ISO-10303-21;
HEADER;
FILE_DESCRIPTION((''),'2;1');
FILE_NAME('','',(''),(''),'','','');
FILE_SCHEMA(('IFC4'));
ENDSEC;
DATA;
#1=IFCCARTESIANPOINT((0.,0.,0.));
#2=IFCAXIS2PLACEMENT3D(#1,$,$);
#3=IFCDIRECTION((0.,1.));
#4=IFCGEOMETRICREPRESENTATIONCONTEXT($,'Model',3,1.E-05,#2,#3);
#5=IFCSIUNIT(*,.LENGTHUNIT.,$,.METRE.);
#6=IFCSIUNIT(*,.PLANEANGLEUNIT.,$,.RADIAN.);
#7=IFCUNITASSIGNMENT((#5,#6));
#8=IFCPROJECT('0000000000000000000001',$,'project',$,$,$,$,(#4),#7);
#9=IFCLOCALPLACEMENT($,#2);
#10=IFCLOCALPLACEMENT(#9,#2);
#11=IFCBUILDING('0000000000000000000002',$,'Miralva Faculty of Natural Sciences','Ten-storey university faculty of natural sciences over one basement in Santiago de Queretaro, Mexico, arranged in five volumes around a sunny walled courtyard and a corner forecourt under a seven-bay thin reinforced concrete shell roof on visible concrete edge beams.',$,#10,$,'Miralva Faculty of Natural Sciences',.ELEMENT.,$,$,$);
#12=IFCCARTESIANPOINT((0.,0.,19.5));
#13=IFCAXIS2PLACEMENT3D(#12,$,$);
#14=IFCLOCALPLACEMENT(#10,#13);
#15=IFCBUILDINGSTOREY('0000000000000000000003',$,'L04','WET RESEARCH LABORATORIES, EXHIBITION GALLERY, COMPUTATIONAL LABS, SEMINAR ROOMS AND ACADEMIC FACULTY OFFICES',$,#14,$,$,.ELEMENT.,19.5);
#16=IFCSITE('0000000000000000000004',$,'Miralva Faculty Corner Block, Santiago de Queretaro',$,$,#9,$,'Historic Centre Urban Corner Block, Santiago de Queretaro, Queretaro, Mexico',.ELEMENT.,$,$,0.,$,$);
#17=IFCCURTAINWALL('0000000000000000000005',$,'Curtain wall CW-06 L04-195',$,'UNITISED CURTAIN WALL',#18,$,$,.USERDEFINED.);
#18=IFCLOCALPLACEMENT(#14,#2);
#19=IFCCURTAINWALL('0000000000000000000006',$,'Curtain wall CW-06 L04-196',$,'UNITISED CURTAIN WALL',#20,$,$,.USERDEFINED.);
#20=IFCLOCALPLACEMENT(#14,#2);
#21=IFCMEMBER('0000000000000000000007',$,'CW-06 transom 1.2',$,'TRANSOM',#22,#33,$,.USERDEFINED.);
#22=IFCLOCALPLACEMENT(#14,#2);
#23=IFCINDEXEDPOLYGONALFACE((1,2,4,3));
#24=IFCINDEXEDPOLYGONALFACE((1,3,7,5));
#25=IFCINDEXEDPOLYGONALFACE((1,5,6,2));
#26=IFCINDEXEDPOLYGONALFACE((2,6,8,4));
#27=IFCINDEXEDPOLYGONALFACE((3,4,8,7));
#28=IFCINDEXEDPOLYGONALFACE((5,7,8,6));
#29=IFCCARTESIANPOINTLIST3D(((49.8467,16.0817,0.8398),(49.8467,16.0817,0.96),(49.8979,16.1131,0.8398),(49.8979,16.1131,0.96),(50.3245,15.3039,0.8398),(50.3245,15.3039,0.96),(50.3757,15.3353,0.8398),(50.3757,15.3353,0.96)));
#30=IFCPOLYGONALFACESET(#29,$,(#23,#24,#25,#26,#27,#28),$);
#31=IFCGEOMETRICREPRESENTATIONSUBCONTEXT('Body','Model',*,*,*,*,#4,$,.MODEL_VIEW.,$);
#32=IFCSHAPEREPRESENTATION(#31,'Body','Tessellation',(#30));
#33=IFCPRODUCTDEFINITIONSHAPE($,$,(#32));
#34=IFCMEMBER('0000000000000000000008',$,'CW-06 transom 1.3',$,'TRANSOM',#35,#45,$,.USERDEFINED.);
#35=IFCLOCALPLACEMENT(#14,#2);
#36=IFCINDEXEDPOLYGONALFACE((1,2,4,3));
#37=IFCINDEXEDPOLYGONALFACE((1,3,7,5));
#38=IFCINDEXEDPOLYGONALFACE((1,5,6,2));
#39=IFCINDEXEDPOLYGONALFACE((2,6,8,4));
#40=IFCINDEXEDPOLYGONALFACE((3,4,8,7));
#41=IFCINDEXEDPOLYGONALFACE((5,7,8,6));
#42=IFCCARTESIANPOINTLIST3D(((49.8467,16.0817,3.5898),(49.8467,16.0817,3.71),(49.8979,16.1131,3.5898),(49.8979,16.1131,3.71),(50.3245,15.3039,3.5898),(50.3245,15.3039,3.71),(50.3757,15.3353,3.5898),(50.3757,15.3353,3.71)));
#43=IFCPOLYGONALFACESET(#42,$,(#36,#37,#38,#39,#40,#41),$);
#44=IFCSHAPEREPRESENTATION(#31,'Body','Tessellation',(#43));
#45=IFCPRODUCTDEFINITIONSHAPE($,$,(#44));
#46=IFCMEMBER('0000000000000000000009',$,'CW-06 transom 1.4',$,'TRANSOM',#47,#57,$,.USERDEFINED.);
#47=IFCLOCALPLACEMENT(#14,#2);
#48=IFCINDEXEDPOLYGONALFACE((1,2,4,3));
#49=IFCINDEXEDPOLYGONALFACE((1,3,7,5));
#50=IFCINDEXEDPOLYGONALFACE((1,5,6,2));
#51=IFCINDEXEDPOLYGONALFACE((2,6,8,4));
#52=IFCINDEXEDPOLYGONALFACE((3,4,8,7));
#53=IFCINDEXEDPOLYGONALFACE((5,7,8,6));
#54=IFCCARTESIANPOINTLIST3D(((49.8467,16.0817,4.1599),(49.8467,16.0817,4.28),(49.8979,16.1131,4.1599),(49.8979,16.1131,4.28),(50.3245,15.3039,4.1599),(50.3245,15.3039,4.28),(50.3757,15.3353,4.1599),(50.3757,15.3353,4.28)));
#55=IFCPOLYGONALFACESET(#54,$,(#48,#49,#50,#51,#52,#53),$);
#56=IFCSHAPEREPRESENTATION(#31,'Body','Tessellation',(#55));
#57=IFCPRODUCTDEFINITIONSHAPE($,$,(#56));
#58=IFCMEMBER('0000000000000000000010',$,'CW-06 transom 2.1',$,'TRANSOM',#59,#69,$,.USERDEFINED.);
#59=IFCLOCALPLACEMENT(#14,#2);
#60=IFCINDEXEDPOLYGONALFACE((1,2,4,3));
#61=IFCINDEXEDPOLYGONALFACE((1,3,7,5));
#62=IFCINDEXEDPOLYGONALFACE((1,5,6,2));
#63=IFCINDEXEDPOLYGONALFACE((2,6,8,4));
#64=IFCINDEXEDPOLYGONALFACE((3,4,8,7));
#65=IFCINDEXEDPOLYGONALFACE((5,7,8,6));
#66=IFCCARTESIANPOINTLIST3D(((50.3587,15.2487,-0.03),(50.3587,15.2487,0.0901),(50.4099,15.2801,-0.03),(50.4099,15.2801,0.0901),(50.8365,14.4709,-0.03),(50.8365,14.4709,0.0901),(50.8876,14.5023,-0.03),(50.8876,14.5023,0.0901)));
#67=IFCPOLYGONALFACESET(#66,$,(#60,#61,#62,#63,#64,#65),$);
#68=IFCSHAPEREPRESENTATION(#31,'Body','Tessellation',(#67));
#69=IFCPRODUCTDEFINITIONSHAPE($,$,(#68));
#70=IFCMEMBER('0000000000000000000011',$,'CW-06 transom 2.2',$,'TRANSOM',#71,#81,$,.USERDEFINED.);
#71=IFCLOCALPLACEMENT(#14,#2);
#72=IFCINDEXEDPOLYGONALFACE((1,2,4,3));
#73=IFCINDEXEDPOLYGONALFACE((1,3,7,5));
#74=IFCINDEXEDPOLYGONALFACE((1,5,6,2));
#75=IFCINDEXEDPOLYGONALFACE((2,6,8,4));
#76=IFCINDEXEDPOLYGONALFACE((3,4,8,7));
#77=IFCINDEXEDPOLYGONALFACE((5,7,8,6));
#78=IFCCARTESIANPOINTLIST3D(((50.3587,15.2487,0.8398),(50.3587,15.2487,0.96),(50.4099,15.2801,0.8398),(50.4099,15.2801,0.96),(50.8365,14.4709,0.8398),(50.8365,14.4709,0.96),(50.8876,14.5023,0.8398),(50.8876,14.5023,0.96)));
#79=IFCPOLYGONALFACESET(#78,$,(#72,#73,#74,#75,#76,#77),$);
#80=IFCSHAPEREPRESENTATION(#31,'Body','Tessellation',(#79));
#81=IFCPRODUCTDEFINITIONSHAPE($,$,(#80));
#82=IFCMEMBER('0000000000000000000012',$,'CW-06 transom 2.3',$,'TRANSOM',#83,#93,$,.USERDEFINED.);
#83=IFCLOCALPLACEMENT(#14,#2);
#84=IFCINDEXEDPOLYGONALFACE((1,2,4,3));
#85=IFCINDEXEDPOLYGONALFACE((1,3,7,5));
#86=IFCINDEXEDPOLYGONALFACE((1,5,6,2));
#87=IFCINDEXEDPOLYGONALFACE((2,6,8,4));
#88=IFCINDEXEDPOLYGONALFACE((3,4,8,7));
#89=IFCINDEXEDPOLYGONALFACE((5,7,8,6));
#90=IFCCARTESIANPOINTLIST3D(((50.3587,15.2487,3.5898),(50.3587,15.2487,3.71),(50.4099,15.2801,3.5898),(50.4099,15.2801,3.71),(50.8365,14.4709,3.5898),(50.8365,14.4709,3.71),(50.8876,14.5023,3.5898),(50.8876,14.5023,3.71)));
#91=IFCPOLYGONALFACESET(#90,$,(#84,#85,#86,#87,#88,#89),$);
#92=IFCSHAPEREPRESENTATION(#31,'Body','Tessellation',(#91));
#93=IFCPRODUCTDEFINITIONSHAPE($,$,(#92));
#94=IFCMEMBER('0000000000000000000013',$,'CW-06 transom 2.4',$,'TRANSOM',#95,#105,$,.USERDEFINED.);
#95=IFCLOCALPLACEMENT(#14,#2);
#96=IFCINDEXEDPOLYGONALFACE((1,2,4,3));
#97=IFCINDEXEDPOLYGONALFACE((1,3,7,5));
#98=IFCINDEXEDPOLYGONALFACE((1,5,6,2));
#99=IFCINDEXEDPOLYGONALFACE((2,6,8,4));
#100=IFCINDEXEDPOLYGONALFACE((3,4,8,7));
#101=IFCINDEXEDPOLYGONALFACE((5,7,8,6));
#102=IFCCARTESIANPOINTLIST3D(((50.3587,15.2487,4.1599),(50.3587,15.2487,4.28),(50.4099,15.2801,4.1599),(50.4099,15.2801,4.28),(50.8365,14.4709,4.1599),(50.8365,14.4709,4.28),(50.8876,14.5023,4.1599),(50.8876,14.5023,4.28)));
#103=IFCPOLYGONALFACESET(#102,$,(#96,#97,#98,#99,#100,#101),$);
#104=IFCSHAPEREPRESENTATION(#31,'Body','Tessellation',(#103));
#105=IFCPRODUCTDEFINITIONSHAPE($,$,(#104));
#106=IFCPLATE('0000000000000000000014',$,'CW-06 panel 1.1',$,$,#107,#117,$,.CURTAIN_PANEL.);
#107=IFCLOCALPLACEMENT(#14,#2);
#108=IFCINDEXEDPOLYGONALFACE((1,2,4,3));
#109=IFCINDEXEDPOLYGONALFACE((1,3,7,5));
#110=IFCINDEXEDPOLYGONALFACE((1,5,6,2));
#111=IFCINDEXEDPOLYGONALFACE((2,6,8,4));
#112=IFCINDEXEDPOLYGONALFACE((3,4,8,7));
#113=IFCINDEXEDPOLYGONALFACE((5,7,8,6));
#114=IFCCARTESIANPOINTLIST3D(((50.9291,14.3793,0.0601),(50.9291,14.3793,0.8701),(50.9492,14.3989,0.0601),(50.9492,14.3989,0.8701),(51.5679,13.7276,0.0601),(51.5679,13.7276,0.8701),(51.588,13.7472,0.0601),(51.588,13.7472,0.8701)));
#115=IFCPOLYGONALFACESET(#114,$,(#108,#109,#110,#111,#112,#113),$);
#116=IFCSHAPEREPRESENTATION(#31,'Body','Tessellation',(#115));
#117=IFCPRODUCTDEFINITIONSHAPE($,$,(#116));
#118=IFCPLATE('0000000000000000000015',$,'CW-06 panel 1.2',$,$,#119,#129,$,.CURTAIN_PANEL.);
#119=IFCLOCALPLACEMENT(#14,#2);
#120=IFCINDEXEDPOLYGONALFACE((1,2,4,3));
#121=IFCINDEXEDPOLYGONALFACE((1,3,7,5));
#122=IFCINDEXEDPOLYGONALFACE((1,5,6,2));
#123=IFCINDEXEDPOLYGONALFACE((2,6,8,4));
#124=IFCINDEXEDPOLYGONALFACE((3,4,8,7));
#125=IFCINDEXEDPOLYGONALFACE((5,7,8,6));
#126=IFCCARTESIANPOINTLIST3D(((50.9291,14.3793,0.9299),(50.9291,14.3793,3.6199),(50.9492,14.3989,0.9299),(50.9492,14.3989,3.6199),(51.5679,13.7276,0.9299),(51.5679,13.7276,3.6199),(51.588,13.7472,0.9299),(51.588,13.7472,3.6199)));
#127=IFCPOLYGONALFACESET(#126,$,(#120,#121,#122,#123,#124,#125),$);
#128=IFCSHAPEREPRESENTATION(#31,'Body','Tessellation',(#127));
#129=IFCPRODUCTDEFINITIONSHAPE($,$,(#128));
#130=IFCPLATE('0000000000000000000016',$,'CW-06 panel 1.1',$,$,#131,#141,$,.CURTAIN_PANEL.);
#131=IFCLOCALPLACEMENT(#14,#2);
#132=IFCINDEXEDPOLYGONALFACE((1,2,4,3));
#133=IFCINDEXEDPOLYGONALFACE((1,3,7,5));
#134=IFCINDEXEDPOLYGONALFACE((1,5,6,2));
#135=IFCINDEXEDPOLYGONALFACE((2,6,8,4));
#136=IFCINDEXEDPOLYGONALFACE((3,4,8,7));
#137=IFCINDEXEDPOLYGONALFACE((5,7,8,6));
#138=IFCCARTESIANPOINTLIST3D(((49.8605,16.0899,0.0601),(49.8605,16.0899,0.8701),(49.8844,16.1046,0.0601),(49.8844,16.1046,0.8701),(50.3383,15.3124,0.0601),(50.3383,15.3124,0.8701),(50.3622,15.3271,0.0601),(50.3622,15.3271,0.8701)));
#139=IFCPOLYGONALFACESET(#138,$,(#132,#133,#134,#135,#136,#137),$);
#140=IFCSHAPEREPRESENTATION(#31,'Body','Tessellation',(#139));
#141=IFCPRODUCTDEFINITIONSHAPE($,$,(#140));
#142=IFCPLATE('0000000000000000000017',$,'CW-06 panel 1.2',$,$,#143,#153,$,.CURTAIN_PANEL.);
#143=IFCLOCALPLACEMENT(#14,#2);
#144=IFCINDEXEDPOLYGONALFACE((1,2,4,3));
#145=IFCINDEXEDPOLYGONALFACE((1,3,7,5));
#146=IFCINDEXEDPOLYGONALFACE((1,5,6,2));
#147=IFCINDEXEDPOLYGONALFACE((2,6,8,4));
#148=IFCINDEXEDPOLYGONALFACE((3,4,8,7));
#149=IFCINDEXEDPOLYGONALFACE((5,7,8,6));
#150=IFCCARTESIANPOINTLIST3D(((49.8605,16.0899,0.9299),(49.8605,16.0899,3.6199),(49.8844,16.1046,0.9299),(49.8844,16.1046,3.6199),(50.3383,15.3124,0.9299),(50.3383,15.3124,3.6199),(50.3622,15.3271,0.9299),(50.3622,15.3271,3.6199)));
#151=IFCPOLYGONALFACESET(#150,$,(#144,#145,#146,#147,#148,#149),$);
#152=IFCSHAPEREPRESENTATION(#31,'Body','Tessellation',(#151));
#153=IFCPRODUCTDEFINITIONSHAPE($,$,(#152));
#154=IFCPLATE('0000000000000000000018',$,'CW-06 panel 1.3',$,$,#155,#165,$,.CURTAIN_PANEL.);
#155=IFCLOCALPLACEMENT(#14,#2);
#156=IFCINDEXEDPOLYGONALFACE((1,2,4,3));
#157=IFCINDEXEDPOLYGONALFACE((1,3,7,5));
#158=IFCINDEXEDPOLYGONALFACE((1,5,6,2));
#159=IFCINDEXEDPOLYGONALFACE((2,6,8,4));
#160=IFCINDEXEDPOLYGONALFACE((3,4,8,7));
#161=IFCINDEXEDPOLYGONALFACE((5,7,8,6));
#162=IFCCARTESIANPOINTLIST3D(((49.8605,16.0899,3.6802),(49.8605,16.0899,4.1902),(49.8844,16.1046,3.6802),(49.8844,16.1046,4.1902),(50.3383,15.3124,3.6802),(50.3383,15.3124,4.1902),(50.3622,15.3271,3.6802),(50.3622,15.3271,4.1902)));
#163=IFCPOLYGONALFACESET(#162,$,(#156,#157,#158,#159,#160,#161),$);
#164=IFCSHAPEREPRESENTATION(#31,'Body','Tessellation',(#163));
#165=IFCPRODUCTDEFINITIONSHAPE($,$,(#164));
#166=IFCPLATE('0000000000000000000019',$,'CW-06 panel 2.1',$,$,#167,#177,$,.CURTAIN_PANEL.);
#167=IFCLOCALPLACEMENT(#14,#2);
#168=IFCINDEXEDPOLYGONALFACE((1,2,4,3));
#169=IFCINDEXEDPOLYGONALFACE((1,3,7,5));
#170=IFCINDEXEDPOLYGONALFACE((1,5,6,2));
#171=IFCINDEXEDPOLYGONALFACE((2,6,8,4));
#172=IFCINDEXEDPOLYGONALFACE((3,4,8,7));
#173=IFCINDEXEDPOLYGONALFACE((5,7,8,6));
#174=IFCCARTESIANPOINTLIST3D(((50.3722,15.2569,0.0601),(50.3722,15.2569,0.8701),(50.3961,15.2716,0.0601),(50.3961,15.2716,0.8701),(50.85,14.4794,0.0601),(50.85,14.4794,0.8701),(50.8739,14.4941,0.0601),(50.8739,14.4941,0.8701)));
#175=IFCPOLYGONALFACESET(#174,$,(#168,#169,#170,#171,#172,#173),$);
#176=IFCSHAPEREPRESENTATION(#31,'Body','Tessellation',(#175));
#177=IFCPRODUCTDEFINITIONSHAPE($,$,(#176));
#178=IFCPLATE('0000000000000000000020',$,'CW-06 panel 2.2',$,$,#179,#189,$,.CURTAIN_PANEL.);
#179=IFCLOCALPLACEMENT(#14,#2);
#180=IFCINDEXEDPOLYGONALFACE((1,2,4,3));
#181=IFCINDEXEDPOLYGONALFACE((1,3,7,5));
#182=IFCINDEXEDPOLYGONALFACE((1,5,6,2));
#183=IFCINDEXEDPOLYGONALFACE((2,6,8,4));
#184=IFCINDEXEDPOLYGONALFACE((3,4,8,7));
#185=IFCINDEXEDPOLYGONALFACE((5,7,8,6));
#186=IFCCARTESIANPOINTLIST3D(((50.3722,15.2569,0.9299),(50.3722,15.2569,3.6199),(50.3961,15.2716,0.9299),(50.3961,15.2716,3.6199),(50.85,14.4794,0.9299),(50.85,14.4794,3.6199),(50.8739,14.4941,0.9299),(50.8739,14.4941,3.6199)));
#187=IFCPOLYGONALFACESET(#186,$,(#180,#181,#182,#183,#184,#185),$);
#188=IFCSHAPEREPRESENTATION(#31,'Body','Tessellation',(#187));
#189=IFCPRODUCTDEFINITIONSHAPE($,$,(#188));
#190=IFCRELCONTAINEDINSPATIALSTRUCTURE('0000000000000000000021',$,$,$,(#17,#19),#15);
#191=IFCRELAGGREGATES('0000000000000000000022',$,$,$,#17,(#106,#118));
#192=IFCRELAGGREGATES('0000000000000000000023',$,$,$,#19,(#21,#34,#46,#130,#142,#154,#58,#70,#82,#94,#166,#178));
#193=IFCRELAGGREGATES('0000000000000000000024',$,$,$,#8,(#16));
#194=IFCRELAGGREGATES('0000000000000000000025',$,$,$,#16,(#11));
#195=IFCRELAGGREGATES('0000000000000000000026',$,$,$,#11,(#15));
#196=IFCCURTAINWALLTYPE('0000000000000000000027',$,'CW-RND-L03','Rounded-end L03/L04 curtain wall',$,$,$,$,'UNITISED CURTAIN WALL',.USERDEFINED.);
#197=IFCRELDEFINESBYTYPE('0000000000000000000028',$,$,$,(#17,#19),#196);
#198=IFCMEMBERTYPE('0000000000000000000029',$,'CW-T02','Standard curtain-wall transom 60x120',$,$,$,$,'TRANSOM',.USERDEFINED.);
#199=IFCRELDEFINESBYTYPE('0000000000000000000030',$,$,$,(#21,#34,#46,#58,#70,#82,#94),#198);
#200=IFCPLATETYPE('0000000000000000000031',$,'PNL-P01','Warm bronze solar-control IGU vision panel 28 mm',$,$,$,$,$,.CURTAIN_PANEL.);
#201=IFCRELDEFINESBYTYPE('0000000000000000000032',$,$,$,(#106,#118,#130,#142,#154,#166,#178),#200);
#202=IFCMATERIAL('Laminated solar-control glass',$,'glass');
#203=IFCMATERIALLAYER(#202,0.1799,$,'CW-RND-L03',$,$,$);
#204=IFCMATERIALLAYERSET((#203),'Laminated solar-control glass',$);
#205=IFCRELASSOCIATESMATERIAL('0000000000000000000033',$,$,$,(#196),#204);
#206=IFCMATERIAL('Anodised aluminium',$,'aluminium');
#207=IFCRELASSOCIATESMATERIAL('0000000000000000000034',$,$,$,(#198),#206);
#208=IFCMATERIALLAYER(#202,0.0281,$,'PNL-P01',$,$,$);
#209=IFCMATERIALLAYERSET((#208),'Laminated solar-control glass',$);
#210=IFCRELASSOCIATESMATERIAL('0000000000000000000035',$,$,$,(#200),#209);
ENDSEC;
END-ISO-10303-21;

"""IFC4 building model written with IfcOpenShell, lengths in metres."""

from ifc_helpers import new_model, si_unit, direction, frame, origin, origin_2d, place, context, subcontext, project, spatial, rectangle, extrude, material, layer, layer_set, material_profile, profile_set, type_object, element, aggregate, save


model = new_model("IFC4")

# Units and contexts
model_context = context("Model", 3, precision=1e-05, world=origin(), true_north=direction((0.0, 1.0)))
body_context = subcontext(model_context, "Body", "Model", "MODEL_VIEW")
ifc_project = project(units=[si_unit("LENGTHUNIT", "METRE"), si_unit("PLANEANGLEUNIT", "RADIAN")], contexts=[model_context])

# Site, building, storey
site_placement = place(None, origin())
site = spatial("IfcSite", under=ifc_project, at=site_placement, Name="Miralva Faculty Corner Block, Santiago de Queretaro", LongName="Historic Centre Urban Corner Block, Santiago de Queretaro, Queretaro, Mexico", CompositionType="ELEMENT", RefElevation=0.0)
building_placement = place(site_placement, origin())
building = spatial("IfcBuilding", under=site, at=building_placement, Name="Miralva Faculty of Natural Sciences", Description="Ten-storey university faculty of natural sciences over one basement in Santiago de Queretaro, Mexico, arranged in five volumes around a sunny walled courtyard and a corner forecourt under a seven-bay thin reinforced concrete shell roof on visible concrete edge beams.", LongName="Miralva Faculty of Natural Sciences", CompositionType="ELEMENT")
storey_placement = place(building_placement, frame((0.0, 0.0, 19.5)))
storey = spatial("IfcBuildingStorey", under=building, at=storey_placement, Name="L04", Description="WET RESEARCH LABORATORIES, EXHIBITION GALLERY, COMPUTATIONAL LABS, SEMINAR ROOMS AND ACADEMIC FACULTY OFFICES", CompositionType="ELEMENT", Elevation=19.5)

# Curtain wall
ifc_material_1 = material(Name="Laminated solar-control glass", Category="glass")
ifc_layer_1 = layer(ifc_material_1, 0.1799, Name="CW-RND-L03")
ifc_layer_set_1 = layer_set([ifc_layer_1], Name="Laminated solar-control glass")
curtain_wall_type_1 = type_object("IfcCurtainWallType", Name="CW-RND-L03", Description="Rounded-end L03/L04 curtain wall", ElementType="UNITISED CURTAIN WALL", PredefinedType="USERDEFINED", material=ifc_layer_set_1)
curtain_wall_1_placement = place(storey_placement, origin())
curtain_wall_1 = element("IfcCurtainWall", 1, at=curtain_wall_1_placement, inside=storey, type_object=curtain_wall_type_1, Name="Curtain wall CW-06 L04-195", ObjectType="UNITISED CURTAIN WALL", PredefinedType="USERDEFINED")
ifc_material_2 = material(Name="Anodised aluminium", Category="aluminium")

# Curtain wall
curtain_wall_2_placement = place(storey_placement, origin())
curtain_wall_2 = element("IfcCurtainWall", 2, at=curtain_wall_2_placement, inside=storey, type_object=curtain_wall_type_1, Name="Curtain wall CW-06 L04-196", ObjectType="UNITISED CURTAIN WALL", PredefinedType="USERDEFINED")

# Members
ifc_material_profile_1 = material_profile(ifc_material_2, rectangle(XDim=0.0601, YDim=0.1201, at=origin_2d()), Name="TRANSOM 60x120")
ifc_profile_set_1 = profile_set([ifc_material_profile_1], Name="Anodised aluminium")
member_type_1 = type_object("IfcMemberType", Name="CW-T02", Description="Standard curtain-wall transom 60x120", ElementType="TRANSOM", PredefinedType="USERDEFINED", material=ifc_profile_set_1)
member_1_placement = place(storey_placement, frame((49.8723, 16.0974, 0.8999), z_axis=(0.523396, -0.85209, 0.0), x_axis=(0.85209, 0.523396, 0.0)))
member_1 = element("IfcMember", 3, at=member_1_placement, type_object=member_type_1, Name="CW-06 transom 1.2", ObjectType="TRANSOM", PredefinedType="USERDEFINED", context=body_context, shape_type="SweptSolid", body=[
    extrude(rectangle(XDim=0.0601, YDim=0.1201, at=origin_2d()), origin(), (0.0, 0.0, 1.0), 0.9128),
])
member_2_placement = place(storey_placement, frame((49.8723, 16.0974, 3.6499), z_axis=(0.523396, -0.85209, 0.0), x_axis=(0.85209, 0.523396, 0.0)))
member_2 = element("IfcMember", 4, at=member_2_placement, type_object=member_type_1, Name="CW-06 transom 1.3", ObjectType="TRANSOM", PredefinedType="USERDEFINED", context=body_context, shape_type="SweptSolid", body=[
    extrude(rectangle(XDim=0.0601, YDim=0.1201, at=origin_2d()), origin(), (0.0, 0.0, 1.0), 0.9128),
])
member_3_placement = place(storey_placement, frame((49.8723, 16.0974, 4.22), z_axis=(0.523396, -0.85209, 0.0), x_axis=(0.85209, 0.523396, 0.0)))
member_3 = element("IfcMember", 5, at=member_3_placement, type_object=member_type_1, Name="CW-06 transom 1.4", ObjectType="TRANSOM", PredefinedType="USERDEFINED", context=body_context, shape_type="SweptSolid", body=[
    extrude(rectangle(XDim=0.0601, YDim=0.1201, at=origin_2d()), origin(), (0.0, 0.0, 1.0), 0.9128),
])
member_4_placement = place(storey_placement, frame((50.3843, 15.2644, 0.03), z_axis=(0.523396, -0.85209, 0.0), x_axis=(0.85209, 0.523396, 0.0)))
member_4 = element("IfcMember", 6, at=member_4_placement, type_object=member_type_1, Name="CW-06 transom 2.1", ObjectType="TRANSOM", PredefinedType="USERDEFINED", context=body_context, shape_type="SweptSolid", body=[
    extrude(rectangle(XDim=0.0601, YDim=0.1201, at=origin_2d()), origin(), (0.0, 0.0, 1.0), 0.9128),
])
member_5_placement = place(storey_placement, frame((50.3843, 15.2644, 0.8999), z_axis=(0.523396, -0.85209, 0.0), x_axis=(0.85209, 0.523396, 0.0)))
member_5 = element("IfcMember", 7, at=member_5_placement, type_object=member_type_1, Name="CW-06 transom 2.2", ObjectType="TRANSOM", PredefinedType="USERDEFINED", context=body_context, shape_type="SweptSolid", body=[
    extrude(rectangle(XDim=0.0601, YDim=0.1201, at=origin_2d()), origin(), (0.0, 0.0, 1.0), 0.9128),
])
member_6_placement = place(storey_placement, frame((50.3843, 15.2644, 3.6499), z_axis=(0.523396, -0.85209, 0.0), x_axis=(0.85209, 0.523396, 0.0)))
member_6 = element("IfcMember", 8, at=member_6_placement, type_object=member_type_1, Name="CW-06 transom 2.3", ObjectType="TRANSOM", PredefinedType="USERDEFINED", context=body_context, shape_type="SweptSolid", body=[
    extrude(rectangle(XDim=0.0601, YDim=0.1201, at=origin_2d()), origin(), (0.0, 0.0, 1.0), 0.9128),
])
member_7_placement = place(storey_placement, frame((50.3843, 15.2644, 4.22), z_axis=(0.523396, -0.85209, 0.0), x_axis=(0.85209, 0.523396, 0.0)))
member_7 = element("IfcMember", 9, at=member_7_placement, type_object=member_type_1, Name="CW-06 transom 2.4", ObjectType="TRANSOM", PredefinedType="USERDEFINED", context=body_context, shape_type="SweptSolid", body=[
    extrude(rectangle(XDim=0.0601, YDim=0.1201, at=origin_2d()), origin(), (0.0, 0.0, 1.0), 0.9128),
])

# Plates
ifc_layer_2 = layer(ifc_material_1, 0.0281, Name="PNL-P01")
ifc_layer_set_2 = layer_set([ifc_layer_2], Name="Laminated solar-control glass")
plate_type = type_object("IfcPlateType", Name="PNL-P01", Description="Warm bronze solar-control IGU vision panel 28 mm", PredefinedType="CURTAIN_PANEL", material=ifc_layer_set_2)
plate_1_placement = place(storey_placement, frame((51.2585, 14.0632, 0.0601), z_axis=(0.0, 0.0, 1.0), x_axis=(0.700018, -0.714125, 0.0)))
plate_1 = element("IfcPlate", 10, at=plate_1_placement, type_object=plate_type, Name="CW-06 panel 1.1", PredefinedType="CURTAIN_PANEL", context=body_context, shape_type="SweptSolid", body=[
    extrude(rectangle(XDim=0.9126, YDim=0.0281, at=origin_2d()), origin(), (0.0, 0.0, 1.0), 0.8101),
])
plate_2_placement = place(storey_placement, frame((51.2585, 14.0632, 0.9299), z_axis=(0.0, 0.0, 1.0), x_axis=(0.700018, -0.714125, 0.0)))
plate_2 = element("IfcPlate", 11, at=plate_2_placement, type_object=plate_type, Name="CW-06 panel 1.2", PredefinedType="CURTAIN_PANEL", context=body_context, shape_type="SweptSolid", body=[
    extrude(rectangle(XDim=0.9126, YDim=0.0281, at=origin_2d()), origin(), (0.0, 0.0, 1.0), 2.6899),
])
aggregate(curtain_wall_1, [plate_1, plate_2])
plate_3_placement = place(storey_placement, frame((50.1113, 15.7085, 0.0601), z_axis=(0.0, 0.0, 1.0), x_axis=(0.523551, -0.851995, 0.0)))
plate_3 = element("IfcPlate", 12, at=plate_3_placement, type_object=plate_type, Name="CW-06 panel 1.1", PredefinedType="CURTAIN_PANEL", context=body_context, shape_type="SweptSolid", body=[
    extrude(rectangle(XDim=0.9126, YDim=0.0281, at=origin_2d()), origin(), (0.0, 0.0, 1.0), 0.8101),
])
plate_4_placement = place(storey_placement, frame((50.1113, 15.7085, 0.9299), z_axis=(0.0, 0.0, 1.0), x_axis=(0.523551, -0.851995, 0.0)))
plate_4 = element("IfcPlate", 13, at=plate_4_placement, type_object=plate_type, Name="CW-06 panel 1.2", PredefinedType="CURTAIN_PANEL", context=body_context, shape_type="SweptSolid", body=[
    extrude(rectangle(XDim=0.9126, YDim=0.0281, at=origin_2d()), origin(), (0.0, 0.0, 1.0), 2.6899),
])
plate_5_placement = place(storey_placement, frame((50.1113, 15.7085, 3.6802), z_axis=(0.0, 0.0, 1.0), x_axis=(0.523551, -0.851995, 0.0)))
plate_5 = element("IfcPlate", 14, at=plate_5_placement, type_object=plate_type, Name="CW-06 panel 1.3", PredefinedType="CURTAIN_PANEL", context=body_context, shape_type="SweptSolid", body=[
    extrude(rectangle(XDim=0.9126, YDim=0.0281, at=origin_2d()), origin(), (0.0, 0.0, 1.0), 0.51),
])
plate_6_placement = place(storey_placement, frame((50.623, 14.8755, 0.0601), z_axis=(0.0, 0.0, 1.0), x_axis=(0.523551, -0.851995, 0.0)))
plate_6 = element("IfcPlate", 15, at=plate_6_placement, type_object=plate_type, Name="CW-06 panel 2.1", PredefinedType="CURTAIN_PANEL", context=body_context, shape_type="SweptSolid", body=[
    extrude(rectangle(XDim=0.9126, YDim=0.0281, at=origin_2d()), origin(), (0.0, 0.0, 1.0), 0.8101),
])
plate_7_placement = place(storey_placement, frame((50.623, 14.8755, 0.9299), z_axis=(0.0, 0.0, 1.0), x_axis=(0.523551, -0.851995, 0.0)))
plate_7 = element("IfcPlate", 16, at=plate_7_placement, type_object=plate_type, Name="CW-06 panel 2.2", PredefinedType="CURTAIN_PANEL", context=body_context, shape_type="SweptSolid", body=[
    extrude(rectangle(XDim=0.9126, YDim=0.0281, at=origin_2d()), origin(), (0.0, 0.0, 1.0), 2.6899),
])
aggregate(curtain_wall_2, [member_1, member_2, member_3, plate_3, plate_4, plate_5, member_4, member_5, member_6, member_7, plate_6, plate_7])

save(model, "model.ifc")
